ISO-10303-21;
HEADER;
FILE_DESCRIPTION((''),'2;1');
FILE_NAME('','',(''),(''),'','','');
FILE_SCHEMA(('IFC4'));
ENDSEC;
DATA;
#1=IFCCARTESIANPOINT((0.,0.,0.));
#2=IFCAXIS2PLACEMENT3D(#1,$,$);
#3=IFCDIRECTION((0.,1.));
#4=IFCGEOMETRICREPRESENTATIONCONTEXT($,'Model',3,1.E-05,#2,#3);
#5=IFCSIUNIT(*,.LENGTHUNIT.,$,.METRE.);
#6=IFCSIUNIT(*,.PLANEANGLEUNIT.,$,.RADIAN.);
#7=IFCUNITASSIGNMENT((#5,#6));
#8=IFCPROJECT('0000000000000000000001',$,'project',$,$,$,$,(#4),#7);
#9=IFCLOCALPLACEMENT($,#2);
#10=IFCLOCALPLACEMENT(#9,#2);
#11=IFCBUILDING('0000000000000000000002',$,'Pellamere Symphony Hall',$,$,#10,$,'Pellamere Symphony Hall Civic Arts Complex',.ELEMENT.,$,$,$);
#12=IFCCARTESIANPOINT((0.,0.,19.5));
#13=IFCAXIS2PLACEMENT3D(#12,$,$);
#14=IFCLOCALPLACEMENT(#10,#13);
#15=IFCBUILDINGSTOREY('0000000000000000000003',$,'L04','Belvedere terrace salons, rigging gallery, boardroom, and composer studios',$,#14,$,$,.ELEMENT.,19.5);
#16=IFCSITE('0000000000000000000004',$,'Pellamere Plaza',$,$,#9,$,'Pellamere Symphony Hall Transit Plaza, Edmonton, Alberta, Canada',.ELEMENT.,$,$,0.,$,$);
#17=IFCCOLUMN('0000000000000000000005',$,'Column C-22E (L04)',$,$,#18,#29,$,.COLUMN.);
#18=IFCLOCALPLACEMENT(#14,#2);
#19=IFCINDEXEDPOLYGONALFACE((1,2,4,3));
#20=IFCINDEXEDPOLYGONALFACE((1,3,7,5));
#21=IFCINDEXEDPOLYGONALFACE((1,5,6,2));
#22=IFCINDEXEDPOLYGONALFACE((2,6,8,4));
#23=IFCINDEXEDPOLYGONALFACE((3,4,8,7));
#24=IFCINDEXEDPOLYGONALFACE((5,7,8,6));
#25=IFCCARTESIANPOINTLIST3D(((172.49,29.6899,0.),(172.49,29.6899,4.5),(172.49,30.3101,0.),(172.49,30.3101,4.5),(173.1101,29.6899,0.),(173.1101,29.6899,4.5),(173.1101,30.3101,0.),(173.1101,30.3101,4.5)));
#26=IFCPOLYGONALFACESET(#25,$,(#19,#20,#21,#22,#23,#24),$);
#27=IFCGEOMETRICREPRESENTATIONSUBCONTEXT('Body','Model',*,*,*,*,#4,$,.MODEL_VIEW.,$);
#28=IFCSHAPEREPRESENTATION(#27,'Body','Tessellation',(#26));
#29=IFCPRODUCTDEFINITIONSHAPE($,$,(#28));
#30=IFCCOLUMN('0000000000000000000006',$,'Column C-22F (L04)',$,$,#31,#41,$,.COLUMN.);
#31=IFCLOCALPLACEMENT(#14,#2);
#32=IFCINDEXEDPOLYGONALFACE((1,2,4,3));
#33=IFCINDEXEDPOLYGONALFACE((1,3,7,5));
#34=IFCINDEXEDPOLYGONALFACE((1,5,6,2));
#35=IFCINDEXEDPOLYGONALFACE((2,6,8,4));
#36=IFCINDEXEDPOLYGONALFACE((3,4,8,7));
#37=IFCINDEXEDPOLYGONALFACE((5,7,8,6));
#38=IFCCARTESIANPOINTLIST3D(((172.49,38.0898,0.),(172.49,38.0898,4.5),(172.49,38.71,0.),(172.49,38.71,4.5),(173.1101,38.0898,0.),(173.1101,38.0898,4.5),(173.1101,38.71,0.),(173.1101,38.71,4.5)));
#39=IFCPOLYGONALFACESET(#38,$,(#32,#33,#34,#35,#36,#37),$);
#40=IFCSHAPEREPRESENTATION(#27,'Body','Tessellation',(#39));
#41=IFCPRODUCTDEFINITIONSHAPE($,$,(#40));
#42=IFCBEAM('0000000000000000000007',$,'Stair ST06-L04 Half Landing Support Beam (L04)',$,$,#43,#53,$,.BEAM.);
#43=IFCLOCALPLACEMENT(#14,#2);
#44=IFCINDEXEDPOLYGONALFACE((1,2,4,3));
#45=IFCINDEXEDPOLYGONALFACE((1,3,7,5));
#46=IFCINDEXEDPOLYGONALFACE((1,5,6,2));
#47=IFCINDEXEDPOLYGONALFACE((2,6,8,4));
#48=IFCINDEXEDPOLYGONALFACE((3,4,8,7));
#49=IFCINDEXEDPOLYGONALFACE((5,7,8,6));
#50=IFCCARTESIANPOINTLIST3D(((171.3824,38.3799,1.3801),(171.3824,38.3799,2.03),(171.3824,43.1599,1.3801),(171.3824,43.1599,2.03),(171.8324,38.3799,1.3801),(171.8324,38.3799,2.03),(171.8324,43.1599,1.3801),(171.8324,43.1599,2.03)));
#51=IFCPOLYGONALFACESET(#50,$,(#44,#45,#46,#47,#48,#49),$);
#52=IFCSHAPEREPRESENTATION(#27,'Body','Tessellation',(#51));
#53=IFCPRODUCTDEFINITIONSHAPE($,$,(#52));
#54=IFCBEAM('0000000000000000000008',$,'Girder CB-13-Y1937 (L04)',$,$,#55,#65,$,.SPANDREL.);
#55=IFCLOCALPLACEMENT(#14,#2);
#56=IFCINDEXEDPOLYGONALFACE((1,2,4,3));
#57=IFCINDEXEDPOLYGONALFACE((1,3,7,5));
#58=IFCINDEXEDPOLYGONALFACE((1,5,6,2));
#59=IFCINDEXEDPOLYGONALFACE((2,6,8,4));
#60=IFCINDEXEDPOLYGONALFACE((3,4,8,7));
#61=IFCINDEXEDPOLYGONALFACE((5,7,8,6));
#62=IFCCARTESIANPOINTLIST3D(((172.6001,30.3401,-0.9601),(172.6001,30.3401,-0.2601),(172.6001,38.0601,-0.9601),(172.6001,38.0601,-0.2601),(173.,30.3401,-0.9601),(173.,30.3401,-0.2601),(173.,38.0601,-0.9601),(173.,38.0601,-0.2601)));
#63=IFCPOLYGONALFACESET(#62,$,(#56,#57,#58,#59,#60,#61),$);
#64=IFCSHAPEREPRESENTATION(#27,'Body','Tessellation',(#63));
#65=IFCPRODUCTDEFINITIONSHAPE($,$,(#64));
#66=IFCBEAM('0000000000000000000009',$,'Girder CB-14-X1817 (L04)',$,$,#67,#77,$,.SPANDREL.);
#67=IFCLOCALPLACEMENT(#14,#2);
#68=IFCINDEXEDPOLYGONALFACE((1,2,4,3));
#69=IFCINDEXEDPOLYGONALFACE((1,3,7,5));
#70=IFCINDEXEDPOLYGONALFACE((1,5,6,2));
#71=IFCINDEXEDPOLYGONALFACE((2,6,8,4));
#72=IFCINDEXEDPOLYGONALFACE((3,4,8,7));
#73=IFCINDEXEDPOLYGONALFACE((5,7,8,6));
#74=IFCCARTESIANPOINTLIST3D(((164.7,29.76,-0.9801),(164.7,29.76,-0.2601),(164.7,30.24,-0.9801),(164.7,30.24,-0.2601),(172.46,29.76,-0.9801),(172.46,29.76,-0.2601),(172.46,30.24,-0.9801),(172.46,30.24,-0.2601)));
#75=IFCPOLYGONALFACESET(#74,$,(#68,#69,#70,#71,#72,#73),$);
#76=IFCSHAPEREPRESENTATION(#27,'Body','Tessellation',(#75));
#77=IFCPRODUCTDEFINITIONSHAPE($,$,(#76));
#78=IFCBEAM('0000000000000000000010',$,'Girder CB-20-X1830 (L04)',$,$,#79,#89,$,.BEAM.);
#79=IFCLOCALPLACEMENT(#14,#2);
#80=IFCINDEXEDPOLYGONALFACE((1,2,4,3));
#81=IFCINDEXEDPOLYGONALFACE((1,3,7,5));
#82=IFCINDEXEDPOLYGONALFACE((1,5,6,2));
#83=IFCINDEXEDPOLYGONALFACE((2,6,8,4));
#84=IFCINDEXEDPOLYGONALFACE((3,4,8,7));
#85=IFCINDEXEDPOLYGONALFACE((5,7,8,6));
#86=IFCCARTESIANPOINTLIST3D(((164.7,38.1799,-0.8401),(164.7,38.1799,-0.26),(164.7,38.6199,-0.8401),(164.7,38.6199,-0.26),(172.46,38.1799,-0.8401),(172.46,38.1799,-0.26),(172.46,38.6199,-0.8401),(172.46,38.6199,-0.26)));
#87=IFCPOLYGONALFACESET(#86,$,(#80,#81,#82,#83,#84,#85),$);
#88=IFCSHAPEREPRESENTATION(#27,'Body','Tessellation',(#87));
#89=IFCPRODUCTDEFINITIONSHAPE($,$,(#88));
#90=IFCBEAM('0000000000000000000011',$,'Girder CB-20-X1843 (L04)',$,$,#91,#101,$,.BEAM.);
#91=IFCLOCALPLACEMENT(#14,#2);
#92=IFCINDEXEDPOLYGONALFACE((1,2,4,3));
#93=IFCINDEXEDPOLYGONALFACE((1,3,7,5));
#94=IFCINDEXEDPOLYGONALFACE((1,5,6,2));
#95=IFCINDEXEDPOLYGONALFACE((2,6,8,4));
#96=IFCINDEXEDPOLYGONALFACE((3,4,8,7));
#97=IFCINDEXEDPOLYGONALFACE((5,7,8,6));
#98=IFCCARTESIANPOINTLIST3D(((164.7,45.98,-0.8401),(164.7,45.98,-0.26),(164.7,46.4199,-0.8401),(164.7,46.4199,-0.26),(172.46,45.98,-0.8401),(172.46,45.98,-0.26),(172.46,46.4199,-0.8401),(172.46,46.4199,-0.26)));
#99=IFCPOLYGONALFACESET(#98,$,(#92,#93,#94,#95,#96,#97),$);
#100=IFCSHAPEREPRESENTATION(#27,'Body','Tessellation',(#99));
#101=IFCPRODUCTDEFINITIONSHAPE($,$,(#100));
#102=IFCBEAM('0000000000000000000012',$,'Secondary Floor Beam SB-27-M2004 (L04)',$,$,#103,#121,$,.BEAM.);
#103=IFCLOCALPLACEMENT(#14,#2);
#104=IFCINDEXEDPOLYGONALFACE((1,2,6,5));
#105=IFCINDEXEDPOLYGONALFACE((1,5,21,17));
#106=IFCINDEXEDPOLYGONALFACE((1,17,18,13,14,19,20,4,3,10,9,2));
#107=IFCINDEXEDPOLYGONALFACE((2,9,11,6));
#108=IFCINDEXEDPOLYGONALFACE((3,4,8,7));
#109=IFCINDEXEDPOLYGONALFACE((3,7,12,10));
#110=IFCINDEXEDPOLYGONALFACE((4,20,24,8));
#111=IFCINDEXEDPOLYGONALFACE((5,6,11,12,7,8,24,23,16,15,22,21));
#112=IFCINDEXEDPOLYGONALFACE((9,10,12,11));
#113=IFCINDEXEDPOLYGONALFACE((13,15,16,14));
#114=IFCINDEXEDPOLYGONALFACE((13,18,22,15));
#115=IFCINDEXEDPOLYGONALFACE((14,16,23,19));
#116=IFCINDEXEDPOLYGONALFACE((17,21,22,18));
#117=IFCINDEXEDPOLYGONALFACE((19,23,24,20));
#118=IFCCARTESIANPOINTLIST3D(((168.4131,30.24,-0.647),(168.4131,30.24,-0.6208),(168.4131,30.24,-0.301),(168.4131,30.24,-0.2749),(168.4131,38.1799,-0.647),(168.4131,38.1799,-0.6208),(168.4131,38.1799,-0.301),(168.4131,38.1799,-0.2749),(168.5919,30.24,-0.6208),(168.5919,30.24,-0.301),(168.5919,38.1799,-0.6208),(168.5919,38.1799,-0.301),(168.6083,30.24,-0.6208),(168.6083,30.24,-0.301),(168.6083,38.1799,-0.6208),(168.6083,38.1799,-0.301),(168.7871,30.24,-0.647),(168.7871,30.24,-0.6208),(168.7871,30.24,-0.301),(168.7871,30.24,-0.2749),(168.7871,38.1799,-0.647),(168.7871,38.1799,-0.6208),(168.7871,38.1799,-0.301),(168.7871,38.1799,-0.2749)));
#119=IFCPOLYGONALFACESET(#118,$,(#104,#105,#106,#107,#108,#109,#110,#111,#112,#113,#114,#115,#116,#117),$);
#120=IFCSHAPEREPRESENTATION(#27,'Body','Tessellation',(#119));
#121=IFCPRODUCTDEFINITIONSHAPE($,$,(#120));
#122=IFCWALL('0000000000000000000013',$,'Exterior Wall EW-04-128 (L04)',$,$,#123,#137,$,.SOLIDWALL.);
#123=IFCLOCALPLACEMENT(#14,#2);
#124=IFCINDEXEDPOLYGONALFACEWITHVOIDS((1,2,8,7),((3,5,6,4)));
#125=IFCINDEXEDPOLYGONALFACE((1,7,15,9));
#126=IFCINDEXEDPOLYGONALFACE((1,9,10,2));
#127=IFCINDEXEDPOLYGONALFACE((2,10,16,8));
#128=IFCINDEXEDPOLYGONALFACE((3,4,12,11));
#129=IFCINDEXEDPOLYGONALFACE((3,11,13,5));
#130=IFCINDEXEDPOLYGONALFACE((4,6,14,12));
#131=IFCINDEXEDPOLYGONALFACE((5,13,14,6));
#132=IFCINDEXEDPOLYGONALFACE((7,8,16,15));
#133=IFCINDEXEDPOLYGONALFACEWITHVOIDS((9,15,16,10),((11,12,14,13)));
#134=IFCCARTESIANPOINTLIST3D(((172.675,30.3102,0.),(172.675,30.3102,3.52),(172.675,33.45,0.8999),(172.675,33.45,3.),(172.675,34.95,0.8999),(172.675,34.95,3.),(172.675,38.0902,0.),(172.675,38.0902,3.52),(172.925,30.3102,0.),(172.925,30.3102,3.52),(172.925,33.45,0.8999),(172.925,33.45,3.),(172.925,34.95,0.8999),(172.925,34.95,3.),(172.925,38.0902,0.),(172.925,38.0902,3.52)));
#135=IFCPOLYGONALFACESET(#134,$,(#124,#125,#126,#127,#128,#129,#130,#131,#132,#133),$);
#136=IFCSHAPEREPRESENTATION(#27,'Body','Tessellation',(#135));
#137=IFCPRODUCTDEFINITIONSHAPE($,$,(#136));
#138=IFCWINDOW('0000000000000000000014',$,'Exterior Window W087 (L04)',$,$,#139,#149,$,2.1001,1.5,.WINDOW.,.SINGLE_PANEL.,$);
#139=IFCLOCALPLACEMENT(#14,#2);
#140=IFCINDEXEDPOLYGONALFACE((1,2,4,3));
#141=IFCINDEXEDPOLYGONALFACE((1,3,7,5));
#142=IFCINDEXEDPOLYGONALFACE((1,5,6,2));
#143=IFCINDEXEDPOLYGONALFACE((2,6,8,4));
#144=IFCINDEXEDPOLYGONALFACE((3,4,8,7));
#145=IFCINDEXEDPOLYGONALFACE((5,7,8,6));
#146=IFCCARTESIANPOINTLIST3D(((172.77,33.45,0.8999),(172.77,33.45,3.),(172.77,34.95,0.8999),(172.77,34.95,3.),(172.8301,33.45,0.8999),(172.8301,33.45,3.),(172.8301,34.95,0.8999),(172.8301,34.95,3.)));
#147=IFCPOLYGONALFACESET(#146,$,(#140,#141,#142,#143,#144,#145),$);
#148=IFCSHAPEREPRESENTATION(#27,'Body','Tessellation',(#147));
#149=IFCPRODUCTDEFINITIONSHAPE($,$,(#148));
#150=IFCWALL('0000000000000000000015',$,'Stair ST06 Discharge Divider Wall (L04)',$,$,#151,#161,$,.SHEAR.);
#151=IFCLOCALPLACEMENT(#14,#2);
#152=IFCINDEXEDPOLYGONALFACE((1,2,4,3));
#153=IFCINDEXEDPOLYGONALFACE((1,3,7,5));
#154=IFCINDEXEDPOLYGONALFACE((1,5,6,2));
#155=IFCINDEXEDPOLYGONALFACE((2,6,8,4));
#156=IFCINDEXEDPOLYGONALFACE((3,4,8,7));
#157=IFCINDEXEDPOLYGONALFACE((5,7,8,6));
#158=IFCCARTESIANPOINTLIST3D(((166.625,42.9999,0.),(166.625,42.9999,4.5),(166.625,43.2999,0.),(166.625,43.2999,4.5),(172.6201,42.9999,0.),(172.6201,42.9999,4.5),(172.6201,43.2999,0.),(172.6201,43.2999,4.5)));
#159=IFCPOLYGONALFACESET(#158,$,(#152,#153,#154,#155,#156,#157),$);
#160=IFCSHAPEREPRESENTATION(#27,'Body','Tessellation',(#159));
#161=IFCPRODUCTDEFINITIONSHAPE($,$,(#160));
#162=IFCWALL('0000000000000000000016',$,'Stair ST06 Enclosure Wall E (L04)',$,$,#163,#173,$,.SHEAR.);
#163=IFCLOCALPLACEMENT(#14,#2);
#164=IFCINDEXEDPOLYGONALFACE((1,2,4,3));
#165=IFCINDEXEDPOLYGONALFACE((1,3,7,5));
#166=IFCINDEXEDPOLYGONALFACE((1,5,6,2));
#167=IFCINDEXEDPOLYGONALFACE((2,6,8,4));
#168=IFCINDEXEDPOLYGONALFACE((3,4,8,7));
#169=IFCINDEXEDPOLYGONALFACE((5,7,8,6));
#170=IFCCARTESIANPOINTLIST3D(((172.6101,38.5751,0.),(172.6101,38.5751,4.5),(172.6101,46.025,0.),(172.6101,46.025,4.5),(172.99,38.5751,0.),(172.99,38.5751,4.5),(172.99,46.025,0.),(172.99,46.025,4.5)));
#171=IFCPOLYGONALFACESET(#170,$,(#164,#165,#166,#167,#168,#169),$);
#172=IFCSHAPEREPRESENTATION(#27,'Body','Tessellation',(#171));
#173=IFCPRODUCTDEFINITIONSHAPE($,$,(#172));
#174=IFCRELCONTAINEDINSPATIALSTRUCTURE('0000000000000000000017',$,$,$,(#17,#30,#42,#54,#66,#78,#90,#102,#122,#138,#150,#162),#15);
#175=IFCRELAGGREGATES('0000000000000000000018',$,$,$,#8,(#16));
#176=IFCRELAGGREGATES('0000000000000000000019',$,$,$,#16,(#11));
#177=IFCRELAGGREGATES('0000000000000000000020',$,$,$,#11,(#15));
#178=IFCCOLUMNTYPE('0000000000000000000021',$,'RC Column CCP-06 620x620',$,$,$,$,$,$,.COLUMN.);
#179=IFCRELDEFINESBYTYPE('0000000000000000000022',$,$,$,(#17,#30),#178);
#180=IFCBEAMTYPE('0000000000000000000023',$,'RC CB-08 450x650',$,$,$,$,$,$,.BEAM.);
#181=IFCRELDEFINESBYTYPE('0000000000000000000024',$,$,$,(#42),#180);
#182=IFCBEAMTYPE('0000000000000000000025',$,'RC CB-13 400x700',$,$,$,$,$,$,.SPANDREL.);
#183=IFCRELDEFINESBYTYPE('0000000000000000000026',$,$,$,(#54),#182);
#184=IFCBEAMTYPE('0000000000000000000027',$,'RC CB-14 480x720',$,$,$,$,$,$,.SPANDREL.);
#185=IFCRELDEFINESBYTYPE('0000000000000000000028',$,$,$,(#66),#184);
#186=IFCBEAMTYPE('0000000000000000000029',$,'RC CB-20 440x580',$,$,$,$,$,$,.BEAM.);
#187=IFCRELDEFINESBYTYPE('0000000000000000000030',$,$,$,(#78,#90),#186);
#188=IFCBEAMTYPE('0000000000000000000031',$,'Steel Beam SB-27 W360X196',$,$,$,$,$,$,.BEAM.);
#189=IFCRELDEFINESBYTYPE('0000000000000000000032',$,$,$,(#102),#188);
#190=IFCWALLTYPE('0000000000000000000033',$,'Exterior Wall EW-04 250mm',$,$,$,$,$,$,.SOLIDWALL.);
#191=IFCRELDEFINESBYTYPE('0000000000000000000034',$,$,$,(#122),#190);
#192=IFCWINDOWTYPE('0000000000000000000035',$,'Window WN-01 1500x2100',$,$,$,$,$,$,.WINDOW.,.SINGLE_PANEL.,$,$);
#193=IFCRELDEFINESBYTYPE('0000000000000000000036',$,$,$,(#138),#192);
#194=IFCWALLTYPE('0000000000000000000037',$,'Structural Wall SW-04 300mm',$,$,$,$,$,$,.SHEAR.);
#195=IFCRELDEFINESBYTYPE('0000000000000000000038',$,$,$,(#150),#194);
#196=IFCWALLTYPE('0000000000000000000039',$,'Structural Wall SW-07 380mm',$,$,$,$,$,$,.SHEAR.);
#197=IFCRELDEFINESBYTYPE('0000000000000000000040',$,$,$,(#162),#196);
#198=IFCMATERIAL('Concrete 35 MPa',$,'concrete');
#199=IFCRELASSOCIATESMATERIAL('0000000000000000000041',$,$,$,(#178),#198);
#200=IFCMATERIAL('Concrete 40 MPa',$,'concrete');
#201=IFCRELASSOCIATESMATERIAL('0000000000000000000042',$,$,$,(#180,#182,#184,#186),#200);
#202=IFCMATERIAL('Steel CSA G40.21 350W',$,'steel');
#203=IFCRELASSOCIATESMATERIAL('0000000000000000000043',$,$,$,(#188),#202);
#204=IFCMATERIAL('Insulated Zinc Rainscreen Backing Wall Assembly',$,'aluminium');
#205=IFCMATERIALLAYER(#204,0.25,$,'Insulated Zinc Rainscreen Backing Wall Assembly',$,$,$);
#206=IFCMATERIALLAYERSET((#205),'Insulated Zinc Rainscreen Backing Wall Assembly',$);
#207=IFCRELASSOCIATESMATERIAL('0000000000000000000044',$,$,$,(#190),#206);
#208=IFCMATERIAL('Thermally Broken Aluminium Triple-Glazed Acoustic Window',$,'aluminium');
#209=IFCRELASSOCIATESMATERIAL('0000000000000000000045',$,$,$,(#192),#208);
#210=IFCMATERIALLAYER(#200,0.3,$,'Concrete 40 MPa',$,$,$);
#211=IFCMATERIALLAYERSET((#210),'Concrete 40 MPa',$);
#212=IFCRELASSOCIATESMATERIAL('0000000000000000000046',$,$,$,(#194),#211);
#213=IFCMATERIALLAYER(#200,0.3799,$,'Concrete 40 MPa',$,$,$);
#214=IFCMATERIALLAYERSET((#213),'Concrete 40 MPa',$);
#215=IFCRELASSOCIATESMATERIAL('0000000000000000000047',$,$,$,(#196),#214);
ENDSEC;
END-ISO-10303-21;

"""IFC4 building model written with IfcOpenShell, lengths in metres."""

from ifc_helpers import new_model, si_unit, direction, frame, frame_2d, origin, origin_2d, place, context, subcontext, project, spatial, rectangle, i_section, extrude, material, layer, layer_set, material_profile, profile_set, type_object, element, fill, save


model = new_model("IFC4")

# Units and contexts
model_context = context("Model", 3, precision=1e-05, world=origin(), true_north=direction((0.0, 1.0)))
body_context = subcontext(model_context, "Body", "Model", "MODEL_VIEW")
ifc_project = project(units=[si_unit("LENGTHUNIT", "METRE"), si_unit("PLANEANGLEUNIT", "RADIAN")], contexts=[model_context])

# Site, building, storey
site_placement = place(None, origin())
site = spatial("IfcSite", under=ifc_project, at=site_placement, Name="Pellamere Plaza", LongName="Pellamere Symphony Hall Transit Plaza, Edmonton, Alberta, Canada", CompositionType="ELEMENT", RefElevation=0.0)
building_placement = place(site_placement, origin())
building = spatial("IfcBuilding", under=site, at=building_placement, Name="Pellamere Symphony Hall", LongName="Pellamere Symphony Hall Civic Arts Complex", CompositionType="ELEMENT")
storey_placement = place(building_placement, frame((0.0, 0.0, 19.5)))
storey = spatial("IfcBuildingStorey", under=building, at=storey_placement, Name="L04", Description="Belvedere terrace salons, rigging gallery, boardroom, and composer studios", CompositionType="ELEMENT", Elevation=19.5)

# Columns
ifc_material_1 = material(Name="Concrete 35 MPa", Category="concrete")
ifc_material_profile_1 = material_profile(ifc_material_1, rectangle(XDim=0.6201, YDim=0.6201, at=origin_2d()), Name="RC 620x620")
ifc_profile_set_1 = profile_set([ifc_material_profile_1], Name="Concrete 35 MPa")
column_type = type_object("IfcColumnType", Name="RC Column CCP-06 620x620", PredefinedType="COLUMN", material=ifc_profile_set_1)
for number, where, z_axis, x_axis, name in (
    (1, (172.8, 30.0, 0.0), (0.0, 0.0, 1.0), (1.0, 0.0, 0.0), "Column C-22E (L04)"),
    (2, (172.8, 38.3999, 0.0), (0.0, 0.0, 1.0), (1.0, 0.0, 0.0), "Column C-22F (L04)"),
):
    element("IfcColumn", number, at=place(storey_placement, frame(where, z_axis=z_axis, x_axis=x_axis)), inside=storey, type_object=column_type, Name=name, PredefinedType="COLUMN", context=body_context, shape_type="SweptSolid", body=[
        extrude(rectangle(XDim=0.6201, YDim=0.6201, at=origin_2d()), origin(), (0.0, 0.0, 1.0), 4.5),
    ])

# Beams
ifc_material_2 = material(Name="Concrete 40 MPa", Category="concrete")
ifc_material_profile_2 = material_profile(ifc_material_2, rectangle(XDim=0.45, YDim=0.6499, at=origin_2d()), Name="RC 450x650")
ifc_profile_set_2 = profile_set([ifc_material_profile_2], Name="Concrete 40 MPa")
beam_type_1 = type_object("IfcBeamType", Name="RC CB-08 450x650", PredefinedType="BEAM", material=ifc_profile_set_2)
beam_1_placement = place(storey_placement, frame((171.6074, 38.3799, 1.7051), z_axis=(0.0, 1.0, 0.0), x_axis=(-1.0, 0.0, 0.0)))
element("IfcBeam", 3, at=beam_1_placement, inside=storey, type_object=beam_type_1, Name="Stair ST06-L04 Half Landing Support Beam (L04)", PredefinedType="BEAM", context=body_context, shape_type="SweptSolid", body=[
    extrude(rectangle(XDim=0.45, YDim=0.6499, at=origin_2d()), origin(), (0.0, 0.0, 1.0), 4.78),
])
ifc_material_profile_3 = material_profile(ifc_material_2, rectangle(XDim=0.3999, YDim=0.7, at=origin_2d()), Name="RC 400x700")
ifc_profile_set_3 = profile_set([ifc_material_profile_3], Name="Concrete 40 MPa")
beam_type_2 = type_object("IfcBeamType", Name="RC CB-13 400x700", PredefinedType="SPANDREL", material=ifc_profile_set_3)
beam_2_placement = place(storey_placement, frame((172.8, 30.3401, -0.6101), z_axis=(0.0, 1.0, 0.0), x_axis=(-1.0, 0.0, 0.0)))
element("IfcBeam", 4, at=beam_2_placement, inside=storey, type_object=beam_type_2, Name="Girder CB-13-Y1937 (L04)", PredefinedType="SPANDREL", context=body_context, shape_type="SweptSolid", body=[
    extrude(rectangle(XDim=0.3999, YDim=0.7, at=origin_2d()), origin(), (0.0, 0.0, 1.0), 7.72),
])
ifc_material_profile_4 = material_profile(ifc_material_2, rectangle(XDim=0.48, YDim=0.72, at=origin_2d()), Name="RC 480x720")
ifc_profile_set_4 = profile_set([ifc_material_profile_4], Name="Concrete 40 MPa")
beam_type_3 = type_object("IfcBeamType", Name="RC CB-14 480x720", PredefinedType="SPANDREL", material=ifc_profile_set_4)
beam_3_placement = place(storey_placement, frame((164.7, 30.0, -0.6201), z_axis=(1.0, 0.0, 0.0), x_axis=(0.0, 1.0, 0.0)))
element("IfcBeam", 5, at=beam_3_placement, inside=storey, type_object=beam_type_3, Name="Girder CB-14-X1817 (L04)", PredefinedType="SPANDREL", context=body_context, shape_type="SweptSolid", body=[
    extrude(rectangle(XDim=0.48, YDim=0.72, at=origin_2d()), origin(), (0.0, 0.0, 1.0), 7.76),
])
ifc_material_profile_5 = material_profile(ifc_material_2, rectangle(XDim=0.4399, YDim=0.5801, at=origin_2d()), Name="RC 440x580")
ifc_profile_set_5 = profile_set([ifc_material_profile_5], Name="Concrete 40 MPa")
beam_type_4 = type_object("IfcBeamType", Name="RC CB-20 440x580", PredefinedType="BEAM", material=ifc_profile_set_5)
for number, where, z_axis, x_axis, name in (
    (6, (164.7, 38.3999, -0.55), (1.0, 0.0, 0.0), (0.0, 1.0, 0.0), "Girder CB-20-X1830 (L04)"),
    (7, (164.7, 46.2, -0.55), (1.0, 0.0, 0.0), (0.0, 1.0, 0.0), "Girder CB-20-X1843 (L04)"),
):
    element("IfcBeam", number, at=place(storey_placement, frame(where, z_axis=z_axis, x_axis=x_axis)), inside=storey, type_object=beam_type_4, Name=name, PredefinedType="BEAM", context=body_context, shape_type="SweptSolid", body=[
        extrude(rectangle(XDim=0.4399, YDim=0.5801, at=origin_2d()), origin(), (0.0, 0.0, 1.0), 7.76),
    ])
ifc_material_3 = material(Name="Steel CSA G40.21 350W", Category="steel")
ifc_material_profile_6 = material_profile(ifc_material_3, i_section(OverallWidth=0.374, OverallDepth=0.3721, WebThickness=0.0164, FlangeThickness=0.0261, at=origin_2d()), Name="W360X196")
ifc_profile_set_6 = profile_set([ifc_material_profile_6], Name="Steel CSA G40.21 350W")
beam_type_5 = type_object("IfcBeamType", Name="Steel Beam SB-27 W360X196", PredefinedType="BEAM", material=ifc_profile_set_6)
beam_4_placement = place(storey_placement, frame((168.6001, 30.24, -0.4609), z_axis=(0.0, 1.0, 0.0), x_axis=(-1.0, 0.0, 0.0)))
element("IfcBeam", 8, at=beam_4_placement, inside=storey, type_object=beam_type_5, Name="Secondary Floor Beam SB-27-M2004 (L04)", PredefinedType="BEAM", context=body_context, shape_type="SweptSolid", body=[
    extrude(i_section(OverallWidth=0.374, OverallDepth=0.3721, WebThickness=0.0164, FlangeThickness=0.0261, at=origin_2d()), origin(), (0.0, 0.0, 1.0), 7.9399),
])

# Wall, opening, window
ifc_material_4 = material(Name="Insulated Zinc Rainscreen Backing Wall Assembly", Category="aluminium")
ifc_layer_1 = layer(ifc_material_4, 0.25, Name="Insulated Zinc Rainscreen Backing Wall Assembly")
ifc_layer_set_1 = layer_set([ifc_layer_1], Name="Insulated Zinc Rainscreen Backing Wall Assembly")
wall_type_1 = type_object("IfcWallType", Name="Exterior Wall EW-04 250mm", PredefinedType="SOLIDWALL", material=ifc_layer_set_1)
wall_1_placement = place(storey_placement, frame((172.8, 30.3101, 0.0), z_axis=(0.0, 0.0, 1.0), x_axis=(0.0, 1.0, 0.0)))
wall_1 = element("IfcWall", 9, at=wall_1_placement, inside=storey, type_object=wall_type_1, Name="Exterior Wall EW-04-128 (L04)", PredefinedType="SOLIDWALL", context=body_context, shape_type="SweptSolid", body=[
    extrude(rectangle(XDim=7.78, YDim=0.25, at=frame_2d((3.8901, 0.0))), origin(), (0.0, 0.0, 1.0), 3.52),
])
opening_placement = place(wall_1_placement, frame((3.1399, 0.0, 0.8999)))
opening = element("IfcOpeningElement", 10, at=opening_placement, cuts=wall_1, PredefinedType="OPENING", context=body_context, shape_type="SweptSolid", body=[
    extrude(rectangle(XDim=1.5, YDim=2.1001, at=frame_2d((0.75, 1.05))), frame((0.0, 0.135, 0.0), z_axis=(0.0, -1.0, 0.0), x_axis=(1.0, 0.0, 0.0)), (0.0, 0.0, 1.0), 0.27),
])
ifc_material_5 = material(Name="Thermally Broken Aluminium Triple-Glazed Acoustic Window", Category="aluminium")
window_type = type_object("IfcWindowType", Name="Window WN-01 1500x2100", PartitioningType="SINGLE_PANEL", PredefinedType="WINDOW", material=ifc_material_5)
window_placement = place(opening_placement, origin())
window = element("IfcWindow", 11, at=window_placement, inside=storey, type_object=window_type, Name="Exterior Window W087 (L04)", OverallHeight=2.1001, OverallWidth=1.5, PartitioningType="SINGLE_PANEL", PredefinedType="WINDOW", context=body_context, shape_type="SweptSolid", body=[
    extrude(rectangle(XDim=1.5, YDim=2.1001, at=frame_2d((0.75, 1.05))), frame((0.0, 0.03, 0.0), z_axis=(0.0, -1.0, 0.0), x_axis=(1.0, 0.0, 0.0)), (0.0, 0.0, 1.0), 0.0601),
])
fill(opening, window)

# Walls
ifc_layer_2 = layer(ifc_material_2, 0.3, Name="Concrete 40 MPa")
ifc_layer_set_2 = layer_set([ifc_layer_2], Name="Concrete 40 MPa")
wall_type_2 = type_object("IfcWallType", Name="Structural Wall SW-04 300mm", PredefinedType="SHEAR", material=ifc_layer_set_2)
wall_2_placement = place(storey_placement, frame((166.625, 43.1499, 0.0), z_axis=(0.0, 0.0, 1.0), x_axis=(1.0, 0.0, 0.0)))
element("IfcWall", 12, at=wall_2_placement, inside=storey, type_object=wall_type_2, Name="Stair ST06 Discharge Divider Wall (L04)", PredefinedType="SHEAR", context=body_context, shape_type="SweptSolid", body=[
    extrude(rectangle(XDim=5.9951, YDim=0.3, at=frame_2d((2.9976, 0.0))), origin(), (0.0, 0.0, 1.0), 4.5),
])
ifc_layer_3 = layer(ifc_material_2, 0.3799, Name="Concrete 40 MPa")
ifc_layer_set_3 = layer_set([ifc_layer_3], Name="Concrete 40 MPa")
wall_type_3 = type_object("IfcWallType", Name="Structural Wall SW-07 380mm", PredefinedType="SHEAR", material=ifc_layer_set_3)
wall_3_placement = place(storey_placement, frame((172.8, 38.575, 0.0), z_axis=(0.0, 0.0, 1.0), x_axis=(0.0, 1.0, 0.0)))
element("IfcWall", 13, at=wall_3_placement, inside=storey, type_object=wall_type_3, Name="Stair ST06 Enclosure Wall E (L04)", PredefinedType="SHEAR", context=body_context, shape_type="SweptSolid", body=[
    extrude(rectangle(XDim=7.45, YDim=0.3799, at=frame_2d((3.7251, 0.0))), origin(), (0.0, 0.0, 1.0), 4.5),
])

save(model, "model.ifc")
